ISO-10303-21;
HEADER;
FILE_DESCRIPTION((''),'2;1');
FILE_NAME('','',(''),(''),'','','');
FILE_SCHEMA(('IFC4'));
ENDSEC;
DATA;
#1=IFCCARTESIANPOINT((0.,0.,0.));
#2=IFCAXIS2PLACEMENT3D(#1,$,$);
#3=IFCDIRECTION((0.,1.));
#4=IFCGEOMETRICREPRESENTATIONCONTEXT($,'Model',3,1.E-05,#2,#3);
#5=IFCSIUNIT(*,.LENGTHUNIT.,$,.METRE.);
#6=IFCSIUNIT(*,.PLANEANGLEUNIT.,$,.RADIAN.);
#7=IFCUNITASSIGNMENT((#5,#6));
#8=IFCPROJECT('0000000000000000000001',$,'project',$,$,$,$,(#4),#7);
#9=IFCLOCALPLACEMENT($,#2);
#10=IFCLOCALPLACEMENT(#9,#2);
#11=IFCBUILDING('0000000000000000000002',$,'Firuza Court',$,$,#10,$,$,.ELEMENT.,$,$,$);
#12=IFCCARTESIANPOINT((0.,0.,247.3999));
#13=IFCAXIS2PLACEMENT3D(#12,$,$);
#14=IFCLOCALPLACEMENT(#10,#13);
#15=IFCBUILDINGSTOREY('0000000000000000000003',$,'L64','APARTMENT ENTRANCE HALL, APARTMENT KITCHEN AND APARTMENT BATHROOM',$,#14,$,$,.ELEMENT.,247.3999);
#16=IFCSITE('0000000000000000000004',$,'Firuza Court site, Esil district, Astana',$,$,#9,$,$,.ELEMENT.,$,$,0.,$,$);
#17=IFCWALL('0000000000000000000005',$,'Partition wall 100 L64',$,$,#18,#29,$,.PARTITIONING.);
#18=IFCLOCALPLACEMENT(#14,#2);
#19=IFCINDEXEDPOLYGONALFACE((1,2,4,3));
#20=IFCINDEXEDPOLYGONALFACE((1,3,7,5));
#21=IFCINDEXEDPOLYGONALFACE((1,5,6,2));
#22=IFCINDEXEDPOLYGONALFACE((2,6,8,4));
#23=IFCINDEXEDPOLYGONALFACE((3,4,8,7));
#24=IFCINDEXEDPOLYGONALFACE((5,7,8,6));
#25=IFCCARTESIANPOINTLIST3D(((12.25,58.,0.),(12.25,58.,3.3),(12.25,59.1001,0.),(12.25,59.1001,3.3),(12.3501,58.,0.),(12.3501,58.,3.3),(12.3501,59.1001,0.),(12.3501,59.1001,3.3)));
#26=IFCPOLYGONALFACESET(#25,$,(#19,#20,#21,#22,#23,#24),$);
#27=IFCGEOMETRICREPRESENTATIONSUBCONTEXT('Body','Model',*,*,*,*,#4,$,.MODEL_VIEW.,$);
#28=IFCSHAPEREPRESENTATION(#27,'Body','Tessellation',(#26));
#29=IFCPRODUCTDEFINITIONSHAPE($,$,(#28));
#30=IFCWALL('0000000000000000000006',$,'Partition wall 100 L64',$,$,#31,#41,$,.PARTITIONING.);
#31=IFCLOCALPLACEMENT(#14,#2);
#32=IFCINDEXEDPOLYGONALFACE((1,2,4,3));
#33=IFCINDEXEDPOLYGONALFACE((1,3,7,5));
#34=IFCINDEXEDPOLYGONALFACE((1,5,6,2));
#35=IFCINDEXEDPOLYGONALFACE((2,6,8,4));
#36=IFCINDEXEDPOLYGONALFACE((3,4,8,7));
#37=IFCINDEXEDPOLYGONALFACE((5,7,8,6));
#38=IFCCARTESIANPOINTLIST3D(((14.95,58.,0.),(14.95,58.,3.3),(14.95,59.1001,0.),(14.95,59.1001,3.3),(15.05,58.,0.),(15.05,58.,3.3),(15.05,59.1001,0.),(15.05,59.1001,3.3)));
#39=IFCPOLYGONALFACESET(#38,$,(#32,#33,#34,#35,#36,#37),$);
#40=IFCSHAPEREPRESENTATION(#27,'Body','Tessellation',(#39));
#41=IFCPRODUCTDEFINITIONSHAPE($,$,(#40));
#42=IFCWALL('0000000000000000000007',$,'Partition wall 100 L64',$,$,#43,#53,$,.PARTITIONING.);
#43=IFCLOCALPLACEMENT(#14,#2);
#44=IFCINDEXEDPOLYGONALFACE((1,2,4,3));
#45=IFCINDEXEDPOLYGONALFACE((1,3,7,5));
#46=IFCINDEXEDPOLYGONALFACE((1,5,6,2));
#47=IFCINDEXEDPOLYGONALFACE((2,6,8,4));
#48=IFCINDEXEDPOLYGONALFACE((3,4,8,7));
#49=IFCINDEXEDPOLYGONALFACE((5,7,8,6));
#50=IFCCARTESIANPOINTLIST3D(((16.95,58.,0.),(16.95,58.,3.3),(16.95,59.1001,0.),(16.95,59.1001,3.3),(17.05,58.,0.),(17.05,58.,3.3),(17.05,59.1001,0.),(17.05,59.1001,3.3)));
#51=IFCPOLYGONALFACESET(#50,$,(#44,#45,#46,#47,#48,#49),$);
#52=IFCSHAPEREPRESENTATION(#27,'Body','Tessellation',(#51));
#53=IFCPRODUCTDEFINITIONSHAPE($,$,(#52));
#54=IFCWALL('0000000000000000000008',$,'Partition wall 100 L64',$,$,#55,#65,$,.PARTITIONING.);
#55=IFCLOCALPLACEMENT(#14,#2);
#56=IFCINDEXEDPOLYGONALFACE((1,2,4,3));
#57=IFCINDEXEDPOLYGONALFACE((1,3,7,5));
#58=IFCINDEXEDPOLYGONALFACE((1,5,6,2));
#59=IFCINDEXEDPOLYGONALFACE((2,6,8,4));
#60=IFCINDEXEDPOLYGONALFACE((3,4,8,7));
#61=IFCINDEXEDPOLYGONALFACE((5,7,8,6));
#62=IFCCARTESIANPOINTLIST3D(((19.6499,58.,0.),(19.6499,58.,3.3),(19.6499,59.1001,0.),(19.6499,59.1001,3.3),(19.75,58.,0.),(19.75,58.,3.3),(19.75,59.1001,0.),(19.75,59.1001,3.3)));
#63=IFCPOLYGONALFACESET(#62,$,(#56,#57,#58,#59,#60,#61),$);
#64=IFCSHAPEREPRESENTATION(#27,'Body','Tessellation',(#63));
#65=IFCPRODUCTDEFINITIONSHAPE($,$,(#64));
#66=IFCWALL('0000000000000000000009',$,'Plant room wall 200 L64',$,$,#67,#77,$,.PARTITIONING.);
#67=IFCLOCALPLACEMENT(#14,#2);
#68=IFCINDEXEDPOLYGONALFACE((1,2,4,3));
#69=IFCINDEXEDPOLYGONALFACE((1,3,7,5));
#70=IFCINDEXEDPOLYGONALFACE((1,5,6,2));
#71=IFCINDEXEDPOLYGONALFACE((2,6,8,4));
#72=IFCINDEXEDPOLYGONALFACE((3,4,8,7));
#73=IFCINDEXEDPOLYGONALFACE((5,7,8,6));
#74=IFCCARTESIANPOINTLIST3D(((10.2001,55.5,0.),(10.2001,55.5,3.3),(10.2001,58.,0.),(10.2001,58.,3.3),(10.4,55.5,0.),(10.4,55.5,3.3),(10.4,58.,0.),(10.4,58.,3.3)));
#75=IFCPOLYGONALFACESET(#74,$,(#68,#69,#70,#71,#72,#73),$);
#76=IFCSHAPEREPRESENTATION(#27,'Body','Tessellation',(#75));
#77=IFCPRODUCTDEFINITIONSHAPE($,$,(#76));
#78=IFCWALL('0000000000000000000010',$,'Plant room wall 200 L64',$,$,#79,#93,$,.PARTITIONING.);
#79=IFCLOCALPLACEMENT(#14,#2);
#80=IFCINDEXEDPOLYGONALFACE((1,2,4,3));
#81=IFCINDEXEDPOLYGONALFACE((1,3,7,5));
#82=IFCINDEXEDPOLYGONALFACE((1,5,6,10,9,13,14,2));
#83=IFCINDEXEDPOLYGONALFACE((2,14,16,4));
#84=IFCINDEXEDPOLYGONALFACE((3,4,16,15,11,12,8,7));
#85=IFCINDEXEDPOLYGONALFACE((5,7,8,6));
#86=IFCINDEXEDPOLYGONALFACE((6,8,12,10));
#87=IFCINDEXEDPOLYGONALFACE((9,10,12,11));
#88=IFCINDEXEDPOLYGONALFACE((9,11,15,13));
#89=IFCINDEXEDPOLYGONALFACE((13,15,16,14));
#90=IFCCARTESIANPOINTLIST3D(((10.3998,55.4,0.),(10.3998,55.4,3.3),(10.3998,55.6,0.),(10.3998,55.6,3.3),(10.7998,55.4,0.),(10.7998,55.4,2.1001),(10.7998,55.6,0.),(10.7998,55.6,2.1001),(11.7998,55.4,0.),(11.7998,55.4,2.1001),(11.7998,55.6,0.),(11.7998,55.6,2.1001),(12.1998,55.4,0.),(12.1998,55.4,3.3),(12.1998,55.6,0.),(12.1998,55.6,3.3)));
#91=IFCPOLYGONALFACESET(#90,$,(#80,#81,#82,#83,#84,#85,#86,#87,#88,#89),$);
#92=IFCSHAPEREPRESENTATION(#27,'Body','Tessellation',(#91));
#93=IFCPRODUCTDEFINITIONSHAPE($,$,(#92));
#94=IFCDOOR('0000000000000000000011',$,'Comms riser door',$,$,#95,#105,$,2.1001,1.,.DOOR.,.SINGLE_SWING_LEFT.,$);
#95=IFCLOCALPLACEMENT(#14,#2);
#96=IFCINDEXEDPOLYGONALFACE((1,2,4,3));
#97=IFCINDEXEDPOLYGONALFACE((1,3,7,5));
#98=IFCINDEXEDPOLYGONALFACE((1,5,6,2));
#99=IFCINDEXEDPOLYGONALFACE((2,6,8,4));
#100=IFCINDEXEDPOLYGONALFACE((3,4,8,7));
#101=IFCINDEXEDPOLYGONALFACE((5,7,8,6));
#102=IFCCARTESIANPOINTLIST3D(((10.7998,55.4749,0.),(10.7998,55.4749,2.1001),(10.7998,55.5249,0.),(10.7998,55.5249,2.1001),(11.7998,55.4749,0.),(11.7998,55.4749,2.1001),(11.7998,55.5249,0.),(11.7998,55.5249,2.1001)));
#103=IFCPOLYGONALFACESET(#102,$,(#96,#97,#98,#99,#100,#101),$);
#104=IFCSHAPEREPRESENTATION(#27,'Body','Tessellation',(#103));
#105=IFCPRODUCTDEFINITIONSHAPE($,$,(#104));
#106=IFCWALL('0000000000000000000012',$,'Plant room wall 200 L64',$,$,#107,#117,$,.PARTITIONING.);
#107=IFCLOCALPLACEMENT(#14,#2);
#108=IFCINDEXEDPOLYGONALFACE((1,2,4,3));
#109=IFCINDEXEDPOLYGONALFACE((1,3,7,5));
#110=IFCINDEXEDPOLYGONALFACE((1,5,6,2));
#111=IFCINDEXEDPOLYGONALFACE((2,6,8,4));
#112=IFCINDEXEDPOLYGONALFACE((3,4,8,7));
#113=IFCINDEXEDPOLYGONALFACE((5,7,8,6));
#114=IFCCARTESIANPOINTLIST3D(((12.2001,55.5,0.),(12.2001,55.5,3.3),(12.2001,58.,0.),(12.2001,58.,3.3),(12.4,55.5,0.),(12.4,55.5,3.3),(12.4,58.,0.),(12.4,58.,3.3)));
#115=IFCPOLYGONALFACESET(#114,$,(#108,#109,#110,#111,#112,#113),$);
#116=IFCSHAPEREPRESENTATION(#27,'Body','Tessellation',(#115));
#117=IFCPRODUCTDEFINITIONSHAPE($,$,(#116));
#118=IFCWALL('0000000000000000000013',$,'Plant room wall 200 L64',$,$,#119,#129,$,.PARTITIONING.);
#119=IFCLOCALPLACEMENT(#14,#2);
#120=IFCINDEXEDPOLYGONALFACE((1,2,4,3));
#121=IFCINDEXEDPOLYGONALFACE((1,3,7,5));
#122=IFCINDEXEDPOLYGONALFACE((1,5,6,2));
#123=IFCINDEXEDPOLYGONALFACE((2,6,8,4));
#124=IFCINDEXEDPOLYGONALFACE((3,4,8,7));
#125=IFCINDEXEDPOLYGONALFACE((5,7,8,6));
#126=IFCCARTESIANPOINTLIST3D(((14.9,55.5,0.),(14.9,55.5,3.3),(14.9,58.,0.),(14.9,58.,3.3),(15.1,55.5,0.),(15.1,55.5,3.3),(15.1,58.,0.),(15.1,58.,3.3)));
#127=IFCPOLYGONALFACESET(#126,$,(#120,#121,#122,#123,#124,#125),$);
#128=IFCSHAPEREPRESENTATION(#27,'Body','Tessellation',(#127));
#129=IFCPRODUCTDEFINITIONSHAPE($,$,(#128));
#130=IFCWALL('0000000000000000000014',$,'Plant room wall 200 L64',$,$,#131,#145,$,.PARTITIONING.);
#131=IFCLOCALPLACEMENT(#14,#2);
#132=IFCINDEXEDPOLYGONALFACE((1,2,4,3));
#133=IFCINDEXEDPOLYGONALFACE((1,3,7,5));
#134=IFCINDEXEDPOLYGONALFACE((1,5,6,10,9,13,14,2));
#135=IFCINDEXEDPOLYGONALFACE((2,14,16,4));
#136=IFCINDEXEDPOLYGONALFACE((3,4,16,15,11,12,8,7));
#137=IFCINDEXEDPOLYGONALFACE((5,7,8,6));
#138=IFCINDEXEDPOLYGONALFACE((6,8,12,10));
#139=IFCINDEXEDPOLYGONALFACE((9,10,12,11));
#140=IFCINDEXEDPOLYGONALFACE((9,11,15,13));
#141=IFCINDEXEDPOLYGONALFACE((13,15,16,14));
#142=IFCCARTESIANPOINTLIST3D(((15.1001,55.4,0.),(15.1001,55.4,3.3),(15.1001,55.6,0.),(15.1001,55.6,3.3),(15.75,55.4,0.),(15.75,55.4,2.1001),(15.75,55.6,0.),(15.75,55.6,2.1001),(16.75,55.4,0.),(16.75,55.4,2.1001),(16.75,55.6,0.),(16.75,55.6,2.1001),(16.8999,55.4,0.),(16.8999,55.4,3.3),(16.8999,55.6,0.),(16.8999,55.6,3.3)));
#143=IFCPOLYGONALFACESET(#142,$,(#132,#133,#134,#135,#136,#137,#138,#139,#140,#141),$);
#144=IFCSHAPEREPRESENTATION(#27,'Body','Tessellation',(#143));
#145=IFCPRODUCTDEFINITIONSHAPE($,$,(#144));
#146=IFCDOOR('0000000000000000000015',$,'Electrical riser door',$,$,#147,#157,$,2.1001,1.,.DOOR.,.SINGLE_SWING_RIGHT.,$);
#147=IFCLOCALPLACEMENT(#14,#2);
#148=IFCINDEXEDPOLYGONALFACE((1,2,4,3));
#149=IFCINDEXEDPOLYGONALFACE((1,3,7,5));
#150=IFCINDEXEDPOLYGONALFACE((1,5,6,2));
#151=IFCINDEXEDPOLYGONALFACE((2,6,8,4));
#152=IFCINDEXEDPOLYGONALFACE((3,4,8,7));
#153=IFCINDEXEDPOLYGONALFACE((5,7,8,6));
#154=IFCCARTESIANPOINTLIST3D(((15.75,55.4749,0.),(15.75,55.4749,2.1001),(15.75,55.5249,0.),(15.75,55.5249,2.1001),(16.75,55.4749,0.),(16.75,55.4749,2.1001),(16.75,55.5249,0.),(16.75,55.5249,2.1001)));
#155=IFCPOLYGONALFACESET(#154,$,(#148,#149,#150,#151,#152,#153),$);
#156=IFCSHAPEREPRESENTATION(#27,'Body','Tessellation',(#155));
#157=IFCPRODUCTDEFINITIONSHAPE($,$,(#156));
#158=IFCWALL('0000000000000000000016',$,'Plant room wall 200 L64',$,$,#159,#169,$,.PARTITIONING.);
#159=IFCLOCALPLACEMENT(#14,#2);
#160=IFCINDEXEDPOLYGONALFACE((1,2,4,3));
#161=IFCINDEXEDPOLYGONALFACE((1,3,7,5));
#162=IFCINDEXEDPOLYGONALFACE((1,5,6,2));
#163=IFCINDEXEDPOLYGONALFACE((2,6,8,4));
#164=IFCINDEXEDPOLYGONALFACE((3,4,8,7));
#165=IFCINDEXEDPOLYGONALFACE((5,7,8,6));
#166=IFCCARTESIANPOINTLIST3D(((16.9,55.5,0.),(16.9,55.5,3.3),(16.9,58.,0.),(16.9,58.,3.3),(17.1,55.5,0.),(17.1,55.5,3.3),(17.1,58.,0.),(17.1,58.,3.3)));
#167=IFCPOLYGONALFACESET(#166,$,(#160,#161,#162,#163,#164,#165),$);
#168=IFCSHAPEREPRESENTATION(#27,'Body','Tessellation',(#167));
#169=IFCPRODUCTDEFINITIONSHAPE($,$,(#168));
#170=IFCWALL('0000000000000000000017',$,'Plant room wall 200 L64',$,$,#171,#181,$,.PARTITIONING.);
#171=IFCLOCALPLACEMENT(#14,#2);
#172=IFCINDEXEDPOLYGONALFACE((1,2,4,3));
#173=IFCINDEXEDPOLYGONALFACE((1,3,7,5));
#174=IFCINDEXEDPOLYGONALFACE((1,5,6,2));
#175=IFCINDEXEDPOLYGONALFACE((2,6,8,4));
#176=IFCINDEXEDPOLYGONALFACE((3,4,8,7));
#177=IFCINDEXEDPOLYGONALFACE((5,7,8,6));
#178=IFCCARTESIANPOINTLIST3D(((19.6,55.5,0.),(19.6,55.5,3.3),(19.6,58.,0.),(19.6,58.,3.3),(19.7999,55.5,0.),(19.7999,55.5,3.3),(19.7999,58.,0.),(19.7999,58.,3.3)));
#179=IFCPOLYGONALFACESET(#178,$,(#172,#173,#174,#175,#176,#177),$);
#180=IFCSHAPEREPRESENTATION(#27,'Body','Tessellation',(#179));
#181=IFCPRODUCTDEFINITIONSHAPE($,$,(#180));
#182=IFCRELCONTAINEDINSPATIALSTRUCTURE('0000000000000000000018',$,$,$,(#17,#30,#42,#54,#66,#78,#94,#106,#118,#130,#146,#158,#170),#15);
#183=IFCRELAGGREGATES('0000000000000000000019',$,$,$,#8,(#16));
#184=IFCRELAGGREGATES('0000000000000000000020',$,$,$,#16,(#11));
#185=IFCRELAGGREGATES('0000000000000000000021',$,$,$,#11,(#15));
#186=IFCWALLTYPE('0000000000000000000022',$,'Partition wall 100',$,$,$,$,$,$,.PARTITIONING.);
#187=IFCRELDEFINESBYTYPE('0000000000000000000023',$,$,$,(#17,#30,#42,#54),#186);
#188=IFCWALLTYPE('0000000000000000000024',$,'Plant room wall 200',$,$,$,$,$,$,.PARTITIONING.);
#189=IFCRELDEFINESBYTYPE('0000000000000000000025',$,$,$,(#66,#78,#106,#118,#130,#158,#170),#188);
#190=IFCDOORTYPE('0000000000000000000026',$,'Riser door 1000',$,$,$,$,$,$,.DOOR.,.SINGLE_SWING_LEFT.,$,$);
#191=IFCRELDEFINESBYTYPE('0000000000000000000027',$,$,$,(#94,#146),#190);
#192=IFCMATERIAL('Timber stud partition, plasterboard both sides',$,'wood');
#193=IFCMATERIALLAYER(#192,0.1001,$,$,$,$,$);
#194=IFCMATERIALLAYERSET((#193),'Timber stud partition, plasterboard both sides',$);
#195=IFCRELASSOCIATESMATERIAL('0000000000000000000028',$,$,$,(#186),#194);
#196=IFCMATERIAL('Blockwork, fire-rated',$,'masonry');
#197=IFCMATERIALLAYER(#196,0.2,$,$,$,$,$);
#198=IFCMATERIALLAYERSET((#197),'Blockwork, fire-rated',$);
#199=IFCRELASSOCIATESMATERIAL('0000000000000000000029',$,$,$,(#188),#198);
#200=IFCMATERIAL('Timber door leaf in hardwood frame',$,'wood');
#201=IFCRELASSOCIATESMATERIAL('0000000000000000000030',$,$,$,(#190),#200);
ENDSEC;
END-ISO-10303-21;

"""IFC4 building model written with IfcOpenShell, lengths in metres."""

from ifc_helpers import new_model, si_unit, direction, frame, frame_2d, origin, place, context, subcontext, project, spatial, rectangle, extrude, material, layer, layer_set, type_object, element, fill, save


model = new_model("IFC4")

# Units and contexts
model_context = context("Model", 3, precision=1e-05, world=origin(), true_north=direction((0.0, 1.0)))
body_context = subcontext(model_context, "Body", "Model", "MODEL_VIEW")
ifc_project = project(units=[si_unit("LENGTHUNIT", "METRE"), si_unit("PLANEANGLEUNIT", "RADIAN")], contexts=[model_context])

# Site, building, storey
site_placement = place(None, origin())
site = spatial("IfcSite", under=ifc_project, at=site_placement, Name="Firuza Court site, Esil district, Astana", CompositionType="ELEMENT", RefElevation=0.0)
building_placement = place(site_placement, origin())
building = spatial("IfcBuilding", under=site, at=building_placement, Name="Firuza Court", CompositionType="ELEMENT")
storey_placement = place(building_placement, frame((0.0, 0.0, 247.3999)))
storey = spatial("IfcBuildingStorey", under=building, at=storey_placement, Name="L64", Description="APARTMENT ENTRANCE HALL, APARTMENT KITCHEN AND APARTMENT BATHROOM", CompositionType="ELEMENT", Elevation=247.3999)

# Walls
ifc_material_1 = material(Name="Timber stud partition, plasterboard both sides", Category="wood")
ifc_layer_1 = layer(ifc_material_1, 0.1001)
ifc_layer_set_1 = layer_set([ifc_layer_1], Name="Timber stud partition, plasterboard both sides")
wall_type_1 = type_object("IfcWallType", Name="Partition wall 100", PredefinedType="PARTITIONING", material=ifc_layer_set_1)
for number, where, z_axis, x_axis, name in (
    (1, (12.3, 58.0, 0.0), (0.0, 0.0, 1.0), (0.0, 1.0, 0.0), "Partition wall 100 L64"),
    (2, (15.0, 58.0, 0.0), (0.0, 0.0, 1.0), (0.0, 1.0, 0.0), "Partition wall 100 L64"),
    (3, (17.0, 58.0, 0.0), (0.0, 0.0, 1.0), (0.0, 1.0, 0.0), "Partition wall 100 L64"),
    (4, (19.7, 58.0, 0.0), (0.0, 0.0, 1.0), (0.0, 1.0, 0.0), "Partition wall 100 L64"),
):
    element("IfcWall", number, at=place(storey_placement, frame(where, z_axis=z_axis, x_axis=x_axis)), inside=storey, type_object=wall_type_1, Name=name, PredefinedType="PARTITIONING", context=body_context, shape_type="SweptSolid", body=[
        extrude(rectangle(XDim=1.1001, YDim=0.1001, at=frame_2d((0.55, 0.0))), origin(), (0.0, 0.0, 1.0), 3.3),
    ])
ifc_material_2 = material(Name="Blockwork, fire-rated", Category="masonry")
ifc_layer_2 = layer(ifc_material_2, 0.2)
ifc_layer_set_2 = layer_set([ifc_layer_2], Name="Blockwork, fire-rated")
wall_type_2 = type_object("IfcWallType", Name="Plant room wall 200", PredefinedType="PARTITIONING", material=ifc_layer_set_2)
wall_1_placement = place(storey_placement, frame((10.3, 55.5, 0.0), z_axis=(0.0, 0.0, 1.0), x_axis=(0.0, 1.0, 0.0)))
element("IfcWall", 5, at=wall_1_placement, inside=storey, type_object=wall_type_2, Name="Plant room wall 200 L64", PredefinedType="PARTITIONING", context=body_context, shape_type="SweptSolid", body=[
    extrude(rectangle(XDim=2.5, YDim=0.2, at=frame_2d((1.25, 0.0))), origin(), (0.0, 0.0, 1.0), 3.3),
])

# Wall, opening, door
wall_2_placement = place(storey_placement, frame((10.3999, 55.5, 0.0), z_axis=(0.0, 0.0, 1.0), x_axis=(1.0, 0.0, 0.0)))
wall_2 = element("IfcWall", 6, at=wall_2_placement, inside=storey, type_object=wall_type_2, Name="Plant room wall 200 L64", PredefinedType="PARTITIONING", context=body_context, shape_type="SweptSolid", body=[
    extrude(rectangle(XDim=1.8, YDim=0.2, at=frame_2d((0.8999, 0.0))), origin(), (0.0, 0.0, 1.0), 3.3),
])
opening_1_placement = place(wall_2_placement, frame((0.3999, 0.0, 0.0)))
opening_1 = element("IfcOpeningElement", 7, at=opening_1_placement, cuts=wall_2, PredefinedType="OPENING", context=body_context, shape_type="SweptSolid", body=[
    extrude(rectangle(XDim=1.0, YDim=2.1001, at=frame_2d((0.5, 1.05))), frame((0.0, 0.1118, 0.0), z_axis=(0.0, -1.0, 0.0), x_axis=(1.0, 0.0, 0.0)), (0.0, 0.0, 1.0), 0.2239),
])
ifc_material_3 = material(Name="Timber door leaf in hardwood frame", Category="wood")
door_type_1 = type_object("IfcDoorType", Name="Riser door 1000", OperationType="SINGLE_SWING_LEFT", PredefinedType="DOOR", material=ifc_material_3)
door_1_placement = place(opening_1_placement, origin())
door_1 = element("IfcDoor", 8, at=door_1_placement, inside=storey, type_object=door_type_1, Name="Comms riser door", OperationType="SINGLE_SWING_LEFT", OverallHeight=2.1001, OverallWidth=1.0, PredefinedType="DOOR", context=body_context, shape_type="SweptSolid", body=[
    extrude(rectangle(XDim=1.0, YDim=2.1001, at=frame_2d((0.5, 1.05))), frame((0.0, 0.0249, 0.0), z_axis=(0.0, -1.0, 0.0), x_axis=(1.0, 0.0, 0.0)), (0.0, 0.0, 1.0), 0.05),
])
fill(opening_1, door_1)

# Walls
for number, where, z_axis, x_axis, name in (
    (9, (12.3, 55.5, 0.0), (0.0, 0.0, 1.0), (0.0, 1.0, 0.0), "Plant room wall 200 L64"),
    (10, (15.0, 55.5, 0.0), (0.0, 0.0, 1.0), (0.0, 1.0, 0.0), "Plant room wall 200 L64"),
):
    element("IfcWall", number, at=place(storey_placement, frame(where, z_axis=z_axis, x_axis=x_axis)), inside=storey, type_object=wall_type_2, Name=name, PredefinedType="PARTITIONING", context=body_context, shape_type="SweptSolid", body=[
        extrude(rectangle(XDim=2.5, YDim=0.2, at=frame_2d((1.25, 0.0))), origin(), (0.0, 0.0, 1.0), 3.3),
    ])

# Wall, opening, door
wall_3_placement = place(storey_placement, frame((15.1001, 55.5, 0.0), z_axis=(0.0, 0.0, 1.0), x_axis=(1.0, 0.0, 0.0)))
wall_3 = element("IfcWall", 11, at=wall_3_placement, inside=storey, type_object=wall_type_2, Name="Plant room wall 200 L64", PredefinedType="PARTITIONING", context=body_context, shape_type="SweptSolid", body=[
    extrude(rectangle(XDim=1.7998, YDim=0.2, at=frame_2d((0.8999, 0.0))), origin(), (0.0, 0.0, 1.0), 3.3),
])
opening_2_placement = place(wall_3_placement, frame((0.6499, 0.0, 0.0)))
opening_2 = element("IfcOpeningElement", 12, at=opening_2_placement, cuts=wall_3, PredefinedType="OPENING", context=body_context, shape_type="SweptSolid", body=[
    extrude(rectangle(XDim=1.0, YDim=2.1001, at=frame_2d((0.5, 1.05))), frame((0.0, 0.1118, 0.0), z_axis=(0.0, -1.0, 0.0), x_axis=(1.0, 0.0, 0.0)), (0.0, 0.0, 1.0), 0.2239),
])
door_2_placement = place(opening_2_placement, origin())
door_2 = element("IfcDoor", 13, at=door_2_placement, inside=storey, type_object=door_type_1, Name="Electrical riser door", OperationType="SINGLE_SWING_RIGHT", OverallHeight=2.1001, OverallWidth=1.0, PredefinedType="DOOR", context=body_context, shape_type="SweptSolid", body=[
    extrude(rectangle(XDim=1.0, YDim=2.1001, at=frame_2d((0.5, 1.05))), frame((0.0, 0.0249, 0.0), z_axis=(0.0, -1.0, 0.0), x_axis=(1.0, 0.0, 0.0)), (0.0, 0.0, 1.0), 0.05),
])
fill(opening_2, door_2)

# Walls
for number, where, z_axis, x_axis, name in (
    (14, (17.0, 55.5, 0.0), (0.0, 0.0, 1.0), (0.0, 1.0, 0.0), "Plant room wall 200 L64"),
    (15, (19.7, 55.5, 0.0), (0.0, 0.0, 1.0), (0.0, 1.0, 0.0), "Plant room wall 200 L64"),
):
    element("IfcWall", number, at=place(storey_placement, frame(where, z_axis=z_axis, x_axis=x_axis)), inside=storey, type_object=wall_type_2, Name=name, PredefinedType="PARTITIONING", context=body_context, shape_type="SweptSolid", body=[
        extrude(rectangle(XDim=2.5, YDim=0.2, at=frame_2d((1.25, 0.0))), origin(), (0.0, 0.0, 1.0), 3.3),
    ])

save(model, "model.ifc")
